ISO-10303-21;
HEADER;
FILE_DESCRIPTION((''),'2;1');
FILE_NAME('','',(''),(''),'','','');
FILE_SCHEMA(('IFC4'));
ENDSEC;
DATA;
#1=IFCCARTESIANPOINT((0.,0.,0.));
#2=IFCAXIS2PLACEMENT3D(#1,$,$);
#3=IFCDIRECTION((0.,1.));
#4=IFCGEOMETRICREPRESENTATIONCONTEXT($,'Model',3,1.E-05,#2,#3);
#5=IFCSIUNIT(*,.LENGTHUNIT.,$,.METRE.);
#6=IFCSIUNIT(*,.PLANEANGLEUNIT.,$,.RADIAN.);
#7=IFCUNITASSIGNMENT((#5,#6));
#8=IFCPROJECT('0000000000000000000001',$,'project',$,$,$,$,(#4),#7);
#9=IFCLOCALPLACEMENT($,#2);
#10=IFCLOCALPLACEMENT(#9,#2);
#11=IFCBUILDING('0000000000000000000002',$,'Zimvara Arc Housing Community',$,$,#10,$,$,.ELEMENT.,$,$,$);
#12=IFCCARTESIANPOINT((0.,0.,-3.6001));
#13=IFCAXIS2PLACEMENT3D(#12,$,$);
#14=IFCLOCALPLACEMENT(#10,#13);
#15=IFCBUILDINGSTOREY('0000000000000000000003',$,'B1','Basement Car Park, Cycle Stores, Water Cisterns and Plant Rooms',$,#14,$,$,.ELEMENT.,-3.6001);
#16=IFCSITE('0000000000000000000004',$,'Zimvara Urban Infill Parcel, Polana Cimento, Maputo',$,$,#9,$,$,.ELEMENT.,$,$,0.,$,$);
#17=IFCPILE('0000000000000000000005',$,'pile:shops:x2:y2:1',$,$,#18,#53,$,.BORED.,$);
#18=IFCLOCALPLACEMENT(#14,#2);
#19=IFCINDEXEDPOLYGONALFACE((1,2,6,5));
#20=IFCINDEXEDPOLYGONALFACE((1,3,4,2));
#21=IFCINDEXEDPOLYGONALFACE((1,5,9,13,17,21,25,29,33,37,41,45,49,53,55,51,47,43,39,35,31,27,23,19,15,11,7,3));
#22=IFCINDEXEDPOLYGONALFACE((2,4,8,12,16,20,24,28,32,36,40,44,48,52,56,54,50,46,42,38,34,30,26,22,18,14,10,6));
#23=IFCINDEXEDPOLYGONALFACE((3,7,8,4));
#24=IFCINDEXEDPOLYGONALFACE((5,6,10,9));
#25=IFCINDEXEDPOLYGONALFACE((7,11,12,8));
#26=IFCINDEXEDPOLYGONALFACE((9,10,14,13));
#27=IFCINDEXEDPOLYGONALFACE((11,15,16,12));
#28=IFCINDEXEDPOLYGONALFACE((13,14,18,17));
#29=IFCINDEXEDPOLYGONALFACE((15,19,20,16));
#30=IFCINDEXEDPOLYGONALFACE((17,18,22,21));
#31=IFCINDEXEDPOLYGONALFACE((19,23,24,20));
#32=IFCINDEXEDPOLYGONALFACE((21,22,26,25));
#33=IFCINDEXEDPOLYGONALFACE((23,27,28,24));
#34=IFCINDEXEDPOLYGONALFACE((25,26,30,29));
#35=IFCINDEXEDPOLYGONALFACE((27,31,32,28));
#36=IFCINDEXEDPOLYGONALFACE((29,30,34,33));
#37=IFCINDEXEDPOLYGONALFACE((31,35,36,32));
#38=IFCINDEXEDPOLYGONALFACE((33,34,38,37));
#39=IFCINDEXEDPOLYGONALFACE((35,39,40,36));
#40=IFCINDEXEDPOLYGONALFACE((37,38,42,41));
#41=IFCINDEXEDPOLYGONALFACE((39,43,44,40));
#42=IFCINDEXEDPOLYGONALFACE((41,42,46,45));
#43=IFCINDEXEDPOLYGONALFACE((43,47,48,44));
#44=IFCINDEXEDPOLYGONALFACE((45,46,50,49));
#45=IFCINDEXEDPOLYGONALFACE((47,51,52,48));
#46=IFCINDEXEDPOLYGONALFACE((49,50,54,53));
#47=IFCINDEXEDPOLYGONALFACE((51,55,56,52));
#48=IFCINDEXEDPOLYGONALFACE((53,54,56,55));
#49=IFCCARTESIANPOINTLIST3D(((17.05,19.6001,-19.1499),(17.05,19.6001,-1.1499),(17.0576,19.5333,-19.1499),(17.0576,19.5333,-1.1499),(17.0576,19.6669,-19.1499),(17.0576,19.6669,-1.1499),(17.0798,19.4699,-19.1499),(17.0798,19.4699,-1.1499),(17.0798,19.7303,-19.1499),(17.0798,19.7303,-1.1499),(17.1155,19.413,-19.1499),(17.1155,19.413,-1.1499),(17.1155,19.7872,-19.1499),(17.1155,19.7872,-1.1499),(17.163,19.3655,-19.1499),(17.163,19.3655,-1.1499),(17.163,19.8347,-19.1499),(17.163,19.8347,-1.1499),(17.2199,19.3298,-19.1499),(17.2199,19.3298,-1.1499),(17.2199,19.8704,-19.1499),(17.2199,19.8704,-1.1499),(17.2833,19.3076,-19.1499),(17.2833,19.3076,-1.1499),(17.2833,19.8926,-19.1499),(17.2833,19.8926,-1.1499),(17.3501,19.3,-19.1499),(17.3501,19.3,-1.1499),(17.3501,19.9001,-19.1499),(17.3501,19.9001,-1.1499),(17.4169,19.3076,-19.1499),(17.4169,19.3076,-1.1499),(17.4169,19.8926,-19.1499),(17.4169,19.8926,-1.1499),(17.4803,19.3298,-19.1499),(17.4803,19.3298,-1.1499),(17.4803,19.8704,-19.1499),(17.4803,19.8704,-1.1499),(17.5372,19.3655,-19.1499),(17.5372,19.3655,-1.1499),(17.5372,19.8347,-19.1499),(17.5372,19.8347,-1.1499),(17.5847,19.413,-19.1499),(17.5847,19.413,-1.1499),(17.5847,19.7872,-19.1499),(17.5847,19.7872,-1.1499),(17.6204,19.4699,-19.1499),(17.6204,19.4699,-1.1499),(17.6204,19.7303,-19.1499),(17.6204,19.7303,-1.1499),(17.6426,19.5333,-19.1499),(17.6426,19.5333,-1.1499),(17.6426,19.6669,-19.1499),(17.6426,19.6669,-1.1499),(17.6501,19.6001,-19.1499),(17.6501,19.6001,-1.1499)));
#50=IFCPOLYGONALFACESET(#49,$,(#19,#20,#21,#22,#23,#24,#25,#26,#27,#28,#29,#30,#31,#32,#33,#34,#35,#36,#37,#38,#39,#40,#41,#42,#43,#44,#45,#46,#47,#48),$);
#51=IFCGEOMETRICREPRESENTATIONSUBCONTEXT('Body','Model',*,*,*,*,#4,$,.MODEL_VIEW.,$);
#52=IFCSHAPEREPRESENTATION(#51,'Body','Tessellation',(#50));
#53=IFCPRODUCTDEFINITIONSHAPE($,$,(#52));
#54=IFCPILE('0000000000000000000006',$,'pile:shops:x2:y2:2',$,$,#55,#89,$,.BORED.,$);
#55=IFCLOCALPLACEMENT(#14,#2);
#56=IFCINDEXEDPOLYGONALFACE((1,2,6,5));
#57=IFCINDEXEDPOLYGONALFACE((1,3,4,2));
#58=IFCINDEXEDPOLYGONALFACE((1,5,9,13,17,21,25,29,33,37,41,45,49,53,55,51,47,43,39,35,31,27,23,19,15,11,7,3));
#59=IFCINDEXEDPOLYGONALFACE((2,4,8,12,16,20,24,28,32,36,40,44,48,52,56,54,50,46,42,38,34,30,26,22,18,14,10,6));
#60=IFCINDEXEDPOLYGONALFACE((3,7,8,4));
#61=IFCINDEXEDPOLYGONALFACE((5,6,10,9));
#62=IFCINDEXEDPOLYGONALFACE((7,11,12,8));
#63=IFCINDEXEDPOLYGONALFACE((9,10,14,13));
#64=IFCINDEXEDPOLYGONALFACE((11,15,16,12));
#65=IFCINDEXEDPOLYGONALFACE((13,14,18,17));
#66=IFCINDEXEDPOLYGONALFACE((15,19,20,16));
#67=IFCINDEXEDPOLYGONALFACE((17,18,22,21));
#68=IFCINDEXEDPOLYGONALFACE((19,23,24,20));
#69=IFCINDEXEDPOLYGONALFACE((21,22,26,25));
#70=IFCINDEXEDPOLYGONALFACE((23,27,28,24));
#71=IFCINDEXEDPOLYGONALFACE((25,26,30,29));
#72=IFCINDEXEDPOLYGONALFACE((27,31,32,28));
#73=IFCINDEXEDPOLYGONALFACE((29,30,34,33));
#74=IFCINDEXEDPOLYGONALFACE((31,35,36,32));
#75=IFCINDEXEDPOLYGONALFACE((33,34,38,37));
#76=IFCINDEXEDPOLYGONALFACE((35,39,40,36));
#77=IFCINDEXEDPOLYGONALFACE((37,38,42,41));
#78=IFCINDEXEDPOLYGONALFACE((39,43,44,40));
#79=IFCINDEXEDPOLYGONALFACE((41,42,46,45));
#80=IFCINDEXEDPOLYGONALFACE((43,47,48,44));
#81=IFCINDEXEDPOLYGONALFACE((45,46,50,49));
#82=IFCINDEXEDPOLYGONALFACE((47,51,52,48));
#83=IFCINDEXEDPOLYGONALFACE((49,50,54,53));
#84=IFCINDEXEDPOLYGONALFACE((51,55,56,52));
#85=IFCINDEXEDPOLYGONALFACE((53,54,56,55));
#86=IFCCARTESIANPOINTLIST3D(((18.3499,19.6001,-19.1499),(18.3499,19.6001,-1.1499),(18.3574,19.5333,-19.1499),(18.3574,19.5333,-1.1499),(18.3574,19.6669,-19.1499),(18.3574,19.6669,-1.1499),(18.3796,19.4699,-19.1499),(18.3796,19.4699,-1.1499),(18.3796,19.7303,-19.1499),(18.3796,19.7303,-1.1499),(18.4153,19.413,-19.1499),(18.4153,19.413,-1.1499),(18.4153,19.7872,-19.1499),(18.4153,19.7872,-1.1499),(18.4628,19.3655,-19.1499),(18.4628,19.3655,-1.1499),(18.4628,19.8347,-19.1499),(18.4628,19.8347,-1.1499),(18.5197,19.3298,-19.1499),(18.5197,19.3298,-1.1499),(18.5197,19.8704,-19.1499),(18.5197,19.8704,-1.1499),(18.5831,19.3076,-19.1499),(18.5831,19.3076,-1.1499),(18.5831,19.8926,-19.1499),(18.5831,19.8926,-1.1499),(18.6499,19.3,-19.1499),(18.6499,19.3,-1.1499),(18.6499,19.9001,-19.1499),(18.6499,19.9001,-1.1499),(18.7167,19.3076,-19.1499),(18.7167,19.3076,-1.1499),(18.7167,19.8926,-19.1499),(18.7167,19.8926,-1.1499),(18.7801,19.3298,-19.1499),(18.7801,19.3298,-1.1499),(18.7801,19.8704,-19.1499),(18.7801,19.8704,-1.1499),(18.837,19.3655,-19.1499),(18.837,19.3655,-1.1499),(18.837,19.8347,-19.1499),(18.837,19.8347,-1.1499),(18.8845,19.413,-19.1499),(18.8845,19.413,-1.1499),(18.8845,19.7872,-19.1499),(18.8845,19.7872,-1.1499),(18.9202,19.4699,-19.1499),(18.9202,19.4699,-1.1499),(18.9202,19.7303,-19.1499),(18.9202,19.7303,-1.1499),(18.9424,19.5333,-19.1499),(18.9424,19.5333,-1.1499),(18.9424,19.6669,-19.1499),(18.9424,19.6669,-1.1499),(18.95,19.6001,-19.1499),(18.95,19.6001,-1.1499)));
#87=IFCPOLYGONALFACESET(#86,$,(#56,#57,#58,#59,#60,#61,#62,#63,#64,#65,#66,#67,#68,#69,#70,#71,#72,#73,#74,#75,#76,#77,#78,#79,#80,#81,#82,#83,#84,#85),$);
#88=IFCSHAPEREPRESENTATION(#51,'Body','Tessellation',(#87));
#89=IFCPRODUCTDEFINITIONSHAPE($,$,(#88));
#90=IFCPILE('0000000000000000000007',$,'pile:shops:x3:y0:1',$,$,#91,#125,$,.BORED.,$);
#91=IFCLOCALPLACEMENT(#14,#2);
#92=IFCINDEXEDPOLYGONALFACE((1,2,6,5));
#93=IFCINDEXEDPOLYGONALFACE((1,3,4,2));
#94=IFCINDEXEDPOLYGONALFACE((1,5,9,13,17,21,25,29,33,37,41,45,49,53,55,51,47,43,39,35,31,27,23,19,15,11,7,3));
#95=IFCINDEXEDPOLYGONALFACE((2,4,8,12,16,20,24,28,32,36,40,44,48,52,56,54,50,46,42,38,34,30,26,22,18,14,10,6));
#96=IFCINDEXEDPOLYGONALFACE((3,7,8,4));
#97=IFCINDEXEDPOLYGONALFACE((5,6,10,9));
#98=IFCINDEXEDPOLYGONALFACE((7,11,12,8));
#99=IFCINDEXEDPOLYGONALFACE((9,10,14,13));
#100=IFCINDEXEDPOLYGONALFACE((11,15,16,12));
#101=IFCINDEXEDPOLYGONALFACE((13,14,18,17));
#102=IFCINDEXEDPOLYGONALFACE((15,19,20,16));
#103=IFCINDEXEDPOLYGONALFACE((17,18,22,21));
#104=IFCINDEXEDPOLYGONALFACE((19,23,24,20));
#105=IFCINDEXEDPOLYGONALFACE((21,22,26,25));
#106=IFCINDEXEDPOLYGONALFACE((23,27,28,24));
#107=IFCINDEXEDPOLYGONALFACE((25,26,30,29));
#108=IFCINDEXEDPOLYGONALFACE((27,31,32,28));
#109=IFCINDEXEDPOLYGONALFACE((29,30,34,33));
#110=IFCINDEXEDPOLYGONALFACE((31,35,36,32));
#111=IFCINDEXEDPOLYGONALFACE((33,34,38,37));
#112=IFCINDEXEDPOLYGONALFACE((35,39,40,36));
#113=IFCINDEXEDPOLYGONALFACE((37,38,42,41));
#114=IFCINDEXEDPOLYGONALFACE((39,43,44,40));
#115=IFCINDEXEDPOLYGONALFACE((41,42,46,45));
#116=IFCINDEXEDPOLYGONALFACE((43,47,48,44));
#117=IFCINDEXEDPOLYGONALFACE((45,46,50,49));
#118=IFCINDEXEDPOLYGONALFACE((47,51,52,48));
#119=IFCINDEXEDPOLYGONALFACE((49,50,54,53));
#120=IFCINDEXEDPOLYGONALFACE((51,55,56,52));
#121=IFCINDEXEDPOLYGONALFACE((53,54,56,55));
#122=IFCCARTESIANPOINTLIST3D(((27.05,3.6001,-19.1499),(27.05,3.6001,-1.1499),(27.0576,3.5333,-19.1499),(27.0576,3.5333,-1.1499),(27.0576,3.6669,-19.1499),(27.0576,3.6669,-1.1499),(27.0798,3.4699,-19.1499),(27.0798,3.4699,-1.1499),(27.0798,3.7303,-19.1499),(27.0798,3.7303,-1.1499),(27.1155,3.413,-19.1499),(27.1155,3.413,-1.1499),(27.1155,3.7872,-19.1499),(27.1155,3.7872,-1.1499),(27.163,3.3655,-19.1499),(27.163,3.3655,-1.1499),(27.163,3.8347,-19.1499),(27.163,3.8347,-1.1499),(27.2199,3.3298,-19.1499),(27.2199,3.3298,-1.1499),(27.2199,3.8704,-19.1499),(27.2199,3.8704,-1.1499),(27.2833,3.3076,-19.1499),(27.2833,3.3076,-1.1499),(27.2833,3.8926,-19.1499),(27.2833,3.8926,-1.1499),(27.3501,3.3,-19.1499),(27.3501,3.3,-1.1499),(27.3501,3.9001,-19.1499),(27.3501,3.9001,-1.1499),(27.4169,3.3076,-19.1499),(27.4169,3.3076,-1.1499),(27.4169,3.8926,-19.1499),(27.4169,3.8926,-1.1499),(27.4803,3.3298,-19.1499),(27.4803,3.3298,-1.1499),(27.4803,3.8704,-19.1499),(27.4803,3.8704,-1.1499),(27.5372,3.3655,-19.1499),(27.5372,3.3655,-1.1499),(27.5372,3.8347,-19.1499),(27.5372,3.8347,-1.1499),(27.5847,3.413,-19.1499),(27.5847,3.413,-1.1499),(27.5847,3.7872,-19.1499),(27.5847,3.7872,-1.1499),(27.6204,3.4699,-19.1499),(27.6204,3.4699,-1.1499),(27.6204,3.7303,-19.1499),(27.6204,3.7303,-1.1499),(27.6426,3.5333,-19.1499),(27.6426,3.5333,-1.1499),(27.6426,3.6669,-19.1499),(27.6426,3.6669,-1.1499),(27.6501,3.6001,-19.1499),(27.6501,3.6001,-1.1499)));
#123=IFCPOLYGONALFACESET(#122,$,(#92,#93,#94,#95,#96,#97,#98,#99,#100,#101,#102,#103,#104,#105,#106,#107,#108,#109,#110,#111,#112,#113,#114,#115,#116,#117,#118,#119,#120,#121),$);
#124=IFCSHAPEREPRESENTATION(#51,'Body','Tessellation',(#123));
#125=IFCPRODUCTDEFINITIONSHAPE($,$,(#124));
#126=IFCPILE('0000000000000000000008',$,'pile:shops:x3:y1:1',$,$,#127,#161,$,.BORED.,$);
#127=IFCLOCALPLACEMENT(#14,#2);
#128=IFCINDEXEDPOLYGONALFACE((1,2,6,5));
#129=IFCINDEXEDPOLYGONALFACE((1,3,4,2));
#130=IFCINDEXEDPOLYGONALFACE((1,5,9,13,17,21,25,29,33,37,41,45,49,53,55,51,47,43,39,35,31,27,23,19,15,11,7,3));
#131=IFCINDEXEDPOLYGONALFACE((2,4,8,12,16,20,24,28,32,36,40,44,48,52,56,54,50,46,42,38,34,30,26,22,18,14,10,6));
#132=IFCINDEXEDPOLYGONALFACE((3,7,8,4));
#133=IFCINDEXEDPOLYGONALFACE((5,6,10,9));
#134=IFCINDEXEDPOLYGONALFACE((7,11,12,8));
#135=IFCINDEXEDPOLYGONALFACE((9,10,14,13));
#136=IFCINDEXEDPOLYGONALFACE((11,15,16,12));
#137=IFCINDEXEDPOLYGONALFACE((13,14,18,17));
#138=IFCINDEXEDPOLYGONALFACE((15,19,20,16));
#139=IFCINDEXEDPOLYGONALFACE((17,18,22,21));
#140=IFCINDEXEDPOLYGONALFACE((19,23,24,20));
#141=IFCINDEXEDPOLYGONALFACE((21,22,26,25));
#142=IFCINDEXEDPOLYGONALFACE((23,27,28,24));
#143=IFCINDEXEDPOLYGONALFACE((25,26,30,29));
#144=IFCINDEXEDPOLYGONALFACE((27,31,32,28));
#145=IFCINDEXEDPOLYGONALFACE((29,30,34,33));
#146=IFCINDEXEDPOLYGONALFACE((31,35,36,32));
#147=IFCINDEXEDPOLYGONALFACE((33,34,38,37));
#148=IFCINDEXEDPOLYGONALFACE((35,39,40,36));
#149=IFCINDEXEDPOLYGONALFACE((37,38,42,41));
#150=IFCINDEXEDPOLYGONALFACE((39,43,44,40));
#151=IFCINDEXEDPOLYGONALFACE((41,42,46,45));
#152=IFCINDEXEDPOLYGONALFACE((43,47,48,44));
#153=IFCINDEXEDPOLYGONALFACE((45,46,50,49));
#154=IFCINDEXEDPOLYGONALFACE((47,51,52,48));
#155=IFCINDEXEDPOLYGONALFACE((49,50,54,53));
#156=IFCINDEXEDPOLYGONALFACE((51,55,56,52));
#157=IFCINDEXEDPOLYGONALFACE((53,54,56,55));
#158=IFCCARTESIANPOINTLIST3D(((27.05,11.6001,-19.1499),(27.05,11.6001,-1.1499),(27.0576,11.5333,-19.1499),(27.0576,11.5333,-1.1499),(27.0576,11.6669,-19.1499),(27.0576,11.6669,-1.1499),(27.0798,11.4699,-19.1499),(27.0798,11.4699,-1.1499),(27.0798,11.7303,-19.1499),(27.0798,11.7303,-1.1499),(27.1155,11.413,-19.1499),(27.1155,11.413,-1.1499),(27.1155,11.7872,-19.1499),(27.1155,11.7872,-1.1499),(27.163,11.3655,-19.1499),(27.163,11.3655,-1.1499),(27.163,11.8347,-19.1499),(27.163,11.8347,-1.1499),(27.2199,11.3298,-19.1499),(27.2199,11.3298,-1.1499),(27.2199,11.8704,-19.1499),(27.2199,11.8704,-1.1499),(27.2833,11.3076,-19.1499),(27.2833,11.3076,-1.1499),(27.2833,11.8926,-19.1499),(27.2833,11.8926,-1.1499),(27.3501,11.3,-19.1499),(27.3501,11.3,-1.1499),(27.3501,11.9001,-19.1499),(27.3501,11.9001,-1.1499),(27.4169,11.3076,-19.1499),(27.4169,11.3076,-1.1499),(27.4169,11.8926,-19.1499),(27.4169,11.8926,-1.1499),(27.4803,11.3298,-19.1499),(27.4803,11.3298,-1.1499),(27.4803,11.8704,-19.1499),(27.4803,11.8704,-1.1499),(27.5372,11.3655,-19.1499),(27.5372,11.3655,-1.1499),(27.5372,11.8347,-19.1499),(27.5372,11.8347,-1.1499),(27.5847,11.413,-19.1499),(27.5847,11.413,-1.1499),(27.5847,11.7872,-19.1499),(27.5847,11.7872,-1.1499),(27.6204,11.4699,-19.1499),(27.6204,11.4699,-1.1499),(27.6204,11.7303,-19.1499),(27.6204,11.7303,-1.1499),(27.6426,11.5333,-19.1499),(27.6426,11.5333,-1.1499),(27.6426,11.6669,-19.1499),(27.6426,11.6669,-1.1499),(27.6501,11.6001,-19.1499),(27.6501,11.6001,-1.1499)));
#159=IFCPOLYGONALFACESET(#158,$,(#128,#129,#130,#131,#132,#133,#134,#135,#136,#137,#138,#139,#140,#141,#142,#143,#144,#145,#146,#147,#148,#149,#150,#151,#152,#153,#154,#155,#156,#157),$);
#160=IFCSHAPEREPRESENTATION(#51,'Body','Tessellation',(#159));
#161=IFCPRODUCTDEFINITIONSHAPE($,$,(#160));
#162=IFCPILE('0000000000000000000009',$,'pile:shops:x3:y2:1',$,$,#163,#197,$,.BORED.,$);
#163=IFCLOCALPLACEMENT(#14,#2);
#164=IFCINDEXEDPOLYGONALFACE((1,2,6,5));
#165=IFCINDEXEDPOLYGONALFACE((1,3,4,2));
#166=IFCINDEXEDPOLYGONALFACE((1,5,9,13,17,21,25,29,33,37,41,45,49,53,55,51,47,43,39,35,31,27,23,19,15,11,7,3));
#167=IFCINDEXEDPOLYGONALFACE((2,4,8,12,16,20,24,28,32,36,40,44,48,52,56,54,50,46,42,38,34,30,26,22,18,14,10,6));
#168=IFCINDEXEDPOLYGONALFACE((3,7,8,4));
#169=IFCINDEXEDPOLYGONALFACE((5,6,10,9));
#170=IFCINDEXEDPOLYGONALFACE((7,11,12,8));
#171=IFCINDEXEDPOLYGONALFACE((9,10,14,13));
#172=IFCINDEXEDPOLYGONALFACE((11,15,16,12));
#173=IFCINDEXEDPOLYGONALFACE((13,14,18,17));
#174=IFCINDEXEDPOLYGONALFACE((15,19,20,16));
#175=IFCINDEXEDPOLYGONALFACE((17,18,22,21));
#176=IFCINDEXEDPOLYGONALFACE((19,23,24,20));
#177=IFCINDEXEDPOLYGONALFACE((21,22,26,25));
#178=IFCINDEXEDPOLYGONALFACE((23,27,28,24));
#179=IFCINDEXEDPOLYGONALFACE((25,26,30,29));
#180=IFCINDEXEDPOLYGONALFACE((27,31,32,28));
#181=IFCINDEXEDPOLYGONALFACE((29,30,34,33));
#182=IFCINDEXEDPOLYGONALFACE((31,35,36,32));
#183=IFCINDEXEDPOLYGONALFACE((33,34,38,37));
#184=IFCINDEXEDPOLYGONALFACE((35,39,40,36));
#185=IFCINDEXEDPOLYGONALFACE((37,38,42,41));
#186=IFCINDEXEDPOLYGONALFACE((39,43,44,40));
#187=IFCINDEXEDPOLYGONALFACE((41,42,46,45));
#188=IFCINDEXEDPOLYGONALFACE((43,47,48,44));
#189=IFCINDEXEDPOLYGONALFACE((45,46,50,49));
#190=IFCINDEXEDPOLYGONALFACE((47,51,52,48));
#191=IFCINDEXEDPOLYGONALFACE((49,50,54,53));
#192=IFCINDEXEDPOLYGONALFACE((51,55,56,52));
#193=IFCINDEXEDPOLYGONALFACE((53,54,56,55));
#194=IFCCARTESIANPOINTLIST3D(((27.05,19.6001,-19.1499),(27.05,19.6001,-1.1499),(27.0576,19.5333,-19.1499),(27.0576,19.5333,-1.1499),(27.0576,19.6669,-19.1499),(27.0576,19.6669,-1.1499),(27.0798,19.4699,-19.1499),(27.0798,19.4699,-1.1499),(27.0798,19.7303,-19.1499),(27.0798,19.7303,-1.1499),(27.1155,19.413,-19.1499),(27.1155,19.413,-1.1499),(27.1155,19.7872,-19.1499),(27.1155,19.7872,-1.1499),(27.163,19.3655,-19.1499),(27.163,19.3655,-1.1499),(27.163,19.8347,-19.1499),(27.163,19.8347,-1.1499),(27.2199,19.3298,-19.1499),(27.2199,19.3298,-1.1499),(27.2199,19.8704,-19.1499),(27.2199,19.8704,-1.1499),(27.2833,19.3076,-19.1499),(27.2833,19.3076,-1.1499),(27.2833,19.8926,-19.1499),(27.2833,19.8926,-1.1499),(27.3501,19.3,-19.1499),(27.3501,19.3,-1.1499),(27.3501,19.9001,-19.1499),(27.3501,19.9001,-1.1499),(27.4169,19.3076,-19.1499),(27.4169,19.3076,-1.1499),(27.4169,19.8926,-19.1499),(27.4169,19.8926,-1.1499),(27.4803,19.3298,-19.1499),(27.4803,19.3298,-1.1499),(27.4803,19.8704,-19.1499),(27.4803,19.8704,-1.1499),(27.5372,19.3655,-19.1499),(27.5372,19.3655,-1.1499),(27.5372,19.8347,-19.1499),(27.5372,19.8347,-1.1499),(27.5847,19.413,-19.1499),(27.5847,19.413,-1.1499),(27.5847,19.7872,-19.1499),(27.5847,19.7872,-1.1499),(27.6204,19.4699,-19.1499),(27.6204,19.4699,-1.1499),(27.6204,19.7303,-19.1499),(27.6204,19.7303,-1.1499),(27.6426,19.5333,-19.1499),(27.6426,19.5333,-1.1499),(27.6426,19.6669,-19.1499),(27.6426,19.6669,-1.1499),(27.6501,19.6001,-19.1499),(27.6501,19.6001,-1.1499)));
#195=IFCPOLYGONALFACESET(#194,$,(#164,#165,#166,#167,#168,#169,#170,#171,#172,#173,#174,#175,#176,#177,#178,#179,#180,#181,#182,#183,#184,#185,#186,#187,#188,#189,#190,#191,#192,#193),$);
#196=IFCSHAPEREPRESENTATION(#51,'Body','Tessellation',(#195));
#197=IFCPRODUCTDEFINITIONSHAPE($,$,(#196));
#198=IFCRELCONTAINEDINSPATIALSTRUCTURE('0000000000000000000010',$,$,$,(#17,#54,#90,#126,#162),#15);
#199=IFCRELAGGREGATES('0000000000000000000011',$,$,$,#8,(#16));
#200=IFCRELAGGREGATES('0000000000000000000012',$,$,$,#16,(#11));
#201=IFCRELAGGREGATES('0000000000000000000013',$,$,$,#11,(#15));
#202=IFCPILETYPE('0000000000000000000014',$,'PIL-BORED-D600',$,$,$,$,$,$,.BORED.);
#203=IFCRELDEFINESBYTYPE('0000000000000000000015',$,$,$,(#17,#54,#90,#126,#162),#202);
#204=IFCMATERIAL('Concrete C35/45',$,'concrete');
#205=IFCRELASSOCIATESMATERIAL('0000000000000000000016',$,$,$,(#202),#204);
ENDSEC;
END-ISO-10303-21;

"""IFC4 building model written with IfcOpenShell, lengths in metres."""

from ifc_helpers import new_model, si_unit, direction, frame, origin, origin_2d, place, context, subcontext, project, spatial, circle, extrude, material, material_profile, profile_set, type_object, element, save


model = new_model("IFC4")

# Units and contexts
model_context = context("Model", 3, precision=1e-05, world=origin(), true_north=direction((0.0, 1.0)))
body_context = subcontext(model_context, "Body", "Model", "MODEL_VIEW")
ifc_project = project(units=[si_unit("LENGTHUNIT", "METRE"), si_unit("PLANEANGLEUNIT", "RADIAN")], contexts=[model_context])

# Site, building, storey
site_placement = place(None, origin())
site = spatial("IfcSite", under=ifc_project, at=site_placement, Name="Zimvara Urban Infill Parcel, Polana Cimento, Maputo", CompositionType="ELEMENT", RefElevation=0.0)
building_placement = place(site_placement, origin())
building = spatial("IfcBuilding", under=site, at=building_placement, Name="Zimvara Arc Housing Community", CompositionType="ELEMENT")
storey_placement = place(building_placement, frame((0.0, 0.0, -3.6001)))
storey = spatial("IfcBuildingStorey", under=building, at=storey_placement, Name="B1", Description="Basement Car Park, Cycle Stores, Water Cisterns and Plant Rooms", CompositionType="ELEMENT", Elevation=-3.6001)

# Piles
ifc_material_1 = material(Name="Concrete C35/45", Category="concrete")
ifc_material_profile_1 = material_profile(ifc_material_1, circle(Radius=0.3, at=origin_2d()), Name="PILE D600")
ifc_profile_set_1 = profile_set([ifc_material_profile_1], Name="Concrete C35/45")
pile_type = type_object("IfcPileType", Name="PIL-BORED-D600", PredefinedType="BORED", material=ifc_profile_set_1)
for number, where, z_axis, x_axis, name in (
    (1, (17.3501, 19.6001, -1.1499), (0.0, 0.0, -1.0), (1.0, 0.0, 0.0), "pile:shops:x2:y2:1"),
    (2, (18.6499, 19.6001, -1.1499), (0.0, 0.0, -1.0), (1.0, 0.0, 0.0), "pile:shops:x2:y2:2"),
    (3, (27.3501, 3.6001, -1.1499), (0.0, 0.0, -1.0), (1.0, 0.0, 0.0), "pile:shops:x3:y0:1"),
    (4, (27.3501, 11.6001, -1.1499), (0.0, 0.0, -1.0), (1.0, 0.0, 0.0), "pile:shops:x3:y1:1"),
    (5, (27.3501, 19.6001, -1.1499), (0.0, 0.0, -1.0), (1.0, 0.0, 0.0), "pile:shops:x3:y2:1"),
):
    element("IfcPile", number, at=place(storey_placement, frame(where, z_axis=z_axis, x_axis=x_axis)), inside=storey, type_object=pile_type, Name=name, PredefinedType="BORED", context=body_context, shape_type="SweptSolid", body=[
        extrude(circle(Radius=0.3, at=origin_2d()), origin(), (0.0, 0.0, 1.0), 18.0),
    ])

save(model, "model.ifc")
